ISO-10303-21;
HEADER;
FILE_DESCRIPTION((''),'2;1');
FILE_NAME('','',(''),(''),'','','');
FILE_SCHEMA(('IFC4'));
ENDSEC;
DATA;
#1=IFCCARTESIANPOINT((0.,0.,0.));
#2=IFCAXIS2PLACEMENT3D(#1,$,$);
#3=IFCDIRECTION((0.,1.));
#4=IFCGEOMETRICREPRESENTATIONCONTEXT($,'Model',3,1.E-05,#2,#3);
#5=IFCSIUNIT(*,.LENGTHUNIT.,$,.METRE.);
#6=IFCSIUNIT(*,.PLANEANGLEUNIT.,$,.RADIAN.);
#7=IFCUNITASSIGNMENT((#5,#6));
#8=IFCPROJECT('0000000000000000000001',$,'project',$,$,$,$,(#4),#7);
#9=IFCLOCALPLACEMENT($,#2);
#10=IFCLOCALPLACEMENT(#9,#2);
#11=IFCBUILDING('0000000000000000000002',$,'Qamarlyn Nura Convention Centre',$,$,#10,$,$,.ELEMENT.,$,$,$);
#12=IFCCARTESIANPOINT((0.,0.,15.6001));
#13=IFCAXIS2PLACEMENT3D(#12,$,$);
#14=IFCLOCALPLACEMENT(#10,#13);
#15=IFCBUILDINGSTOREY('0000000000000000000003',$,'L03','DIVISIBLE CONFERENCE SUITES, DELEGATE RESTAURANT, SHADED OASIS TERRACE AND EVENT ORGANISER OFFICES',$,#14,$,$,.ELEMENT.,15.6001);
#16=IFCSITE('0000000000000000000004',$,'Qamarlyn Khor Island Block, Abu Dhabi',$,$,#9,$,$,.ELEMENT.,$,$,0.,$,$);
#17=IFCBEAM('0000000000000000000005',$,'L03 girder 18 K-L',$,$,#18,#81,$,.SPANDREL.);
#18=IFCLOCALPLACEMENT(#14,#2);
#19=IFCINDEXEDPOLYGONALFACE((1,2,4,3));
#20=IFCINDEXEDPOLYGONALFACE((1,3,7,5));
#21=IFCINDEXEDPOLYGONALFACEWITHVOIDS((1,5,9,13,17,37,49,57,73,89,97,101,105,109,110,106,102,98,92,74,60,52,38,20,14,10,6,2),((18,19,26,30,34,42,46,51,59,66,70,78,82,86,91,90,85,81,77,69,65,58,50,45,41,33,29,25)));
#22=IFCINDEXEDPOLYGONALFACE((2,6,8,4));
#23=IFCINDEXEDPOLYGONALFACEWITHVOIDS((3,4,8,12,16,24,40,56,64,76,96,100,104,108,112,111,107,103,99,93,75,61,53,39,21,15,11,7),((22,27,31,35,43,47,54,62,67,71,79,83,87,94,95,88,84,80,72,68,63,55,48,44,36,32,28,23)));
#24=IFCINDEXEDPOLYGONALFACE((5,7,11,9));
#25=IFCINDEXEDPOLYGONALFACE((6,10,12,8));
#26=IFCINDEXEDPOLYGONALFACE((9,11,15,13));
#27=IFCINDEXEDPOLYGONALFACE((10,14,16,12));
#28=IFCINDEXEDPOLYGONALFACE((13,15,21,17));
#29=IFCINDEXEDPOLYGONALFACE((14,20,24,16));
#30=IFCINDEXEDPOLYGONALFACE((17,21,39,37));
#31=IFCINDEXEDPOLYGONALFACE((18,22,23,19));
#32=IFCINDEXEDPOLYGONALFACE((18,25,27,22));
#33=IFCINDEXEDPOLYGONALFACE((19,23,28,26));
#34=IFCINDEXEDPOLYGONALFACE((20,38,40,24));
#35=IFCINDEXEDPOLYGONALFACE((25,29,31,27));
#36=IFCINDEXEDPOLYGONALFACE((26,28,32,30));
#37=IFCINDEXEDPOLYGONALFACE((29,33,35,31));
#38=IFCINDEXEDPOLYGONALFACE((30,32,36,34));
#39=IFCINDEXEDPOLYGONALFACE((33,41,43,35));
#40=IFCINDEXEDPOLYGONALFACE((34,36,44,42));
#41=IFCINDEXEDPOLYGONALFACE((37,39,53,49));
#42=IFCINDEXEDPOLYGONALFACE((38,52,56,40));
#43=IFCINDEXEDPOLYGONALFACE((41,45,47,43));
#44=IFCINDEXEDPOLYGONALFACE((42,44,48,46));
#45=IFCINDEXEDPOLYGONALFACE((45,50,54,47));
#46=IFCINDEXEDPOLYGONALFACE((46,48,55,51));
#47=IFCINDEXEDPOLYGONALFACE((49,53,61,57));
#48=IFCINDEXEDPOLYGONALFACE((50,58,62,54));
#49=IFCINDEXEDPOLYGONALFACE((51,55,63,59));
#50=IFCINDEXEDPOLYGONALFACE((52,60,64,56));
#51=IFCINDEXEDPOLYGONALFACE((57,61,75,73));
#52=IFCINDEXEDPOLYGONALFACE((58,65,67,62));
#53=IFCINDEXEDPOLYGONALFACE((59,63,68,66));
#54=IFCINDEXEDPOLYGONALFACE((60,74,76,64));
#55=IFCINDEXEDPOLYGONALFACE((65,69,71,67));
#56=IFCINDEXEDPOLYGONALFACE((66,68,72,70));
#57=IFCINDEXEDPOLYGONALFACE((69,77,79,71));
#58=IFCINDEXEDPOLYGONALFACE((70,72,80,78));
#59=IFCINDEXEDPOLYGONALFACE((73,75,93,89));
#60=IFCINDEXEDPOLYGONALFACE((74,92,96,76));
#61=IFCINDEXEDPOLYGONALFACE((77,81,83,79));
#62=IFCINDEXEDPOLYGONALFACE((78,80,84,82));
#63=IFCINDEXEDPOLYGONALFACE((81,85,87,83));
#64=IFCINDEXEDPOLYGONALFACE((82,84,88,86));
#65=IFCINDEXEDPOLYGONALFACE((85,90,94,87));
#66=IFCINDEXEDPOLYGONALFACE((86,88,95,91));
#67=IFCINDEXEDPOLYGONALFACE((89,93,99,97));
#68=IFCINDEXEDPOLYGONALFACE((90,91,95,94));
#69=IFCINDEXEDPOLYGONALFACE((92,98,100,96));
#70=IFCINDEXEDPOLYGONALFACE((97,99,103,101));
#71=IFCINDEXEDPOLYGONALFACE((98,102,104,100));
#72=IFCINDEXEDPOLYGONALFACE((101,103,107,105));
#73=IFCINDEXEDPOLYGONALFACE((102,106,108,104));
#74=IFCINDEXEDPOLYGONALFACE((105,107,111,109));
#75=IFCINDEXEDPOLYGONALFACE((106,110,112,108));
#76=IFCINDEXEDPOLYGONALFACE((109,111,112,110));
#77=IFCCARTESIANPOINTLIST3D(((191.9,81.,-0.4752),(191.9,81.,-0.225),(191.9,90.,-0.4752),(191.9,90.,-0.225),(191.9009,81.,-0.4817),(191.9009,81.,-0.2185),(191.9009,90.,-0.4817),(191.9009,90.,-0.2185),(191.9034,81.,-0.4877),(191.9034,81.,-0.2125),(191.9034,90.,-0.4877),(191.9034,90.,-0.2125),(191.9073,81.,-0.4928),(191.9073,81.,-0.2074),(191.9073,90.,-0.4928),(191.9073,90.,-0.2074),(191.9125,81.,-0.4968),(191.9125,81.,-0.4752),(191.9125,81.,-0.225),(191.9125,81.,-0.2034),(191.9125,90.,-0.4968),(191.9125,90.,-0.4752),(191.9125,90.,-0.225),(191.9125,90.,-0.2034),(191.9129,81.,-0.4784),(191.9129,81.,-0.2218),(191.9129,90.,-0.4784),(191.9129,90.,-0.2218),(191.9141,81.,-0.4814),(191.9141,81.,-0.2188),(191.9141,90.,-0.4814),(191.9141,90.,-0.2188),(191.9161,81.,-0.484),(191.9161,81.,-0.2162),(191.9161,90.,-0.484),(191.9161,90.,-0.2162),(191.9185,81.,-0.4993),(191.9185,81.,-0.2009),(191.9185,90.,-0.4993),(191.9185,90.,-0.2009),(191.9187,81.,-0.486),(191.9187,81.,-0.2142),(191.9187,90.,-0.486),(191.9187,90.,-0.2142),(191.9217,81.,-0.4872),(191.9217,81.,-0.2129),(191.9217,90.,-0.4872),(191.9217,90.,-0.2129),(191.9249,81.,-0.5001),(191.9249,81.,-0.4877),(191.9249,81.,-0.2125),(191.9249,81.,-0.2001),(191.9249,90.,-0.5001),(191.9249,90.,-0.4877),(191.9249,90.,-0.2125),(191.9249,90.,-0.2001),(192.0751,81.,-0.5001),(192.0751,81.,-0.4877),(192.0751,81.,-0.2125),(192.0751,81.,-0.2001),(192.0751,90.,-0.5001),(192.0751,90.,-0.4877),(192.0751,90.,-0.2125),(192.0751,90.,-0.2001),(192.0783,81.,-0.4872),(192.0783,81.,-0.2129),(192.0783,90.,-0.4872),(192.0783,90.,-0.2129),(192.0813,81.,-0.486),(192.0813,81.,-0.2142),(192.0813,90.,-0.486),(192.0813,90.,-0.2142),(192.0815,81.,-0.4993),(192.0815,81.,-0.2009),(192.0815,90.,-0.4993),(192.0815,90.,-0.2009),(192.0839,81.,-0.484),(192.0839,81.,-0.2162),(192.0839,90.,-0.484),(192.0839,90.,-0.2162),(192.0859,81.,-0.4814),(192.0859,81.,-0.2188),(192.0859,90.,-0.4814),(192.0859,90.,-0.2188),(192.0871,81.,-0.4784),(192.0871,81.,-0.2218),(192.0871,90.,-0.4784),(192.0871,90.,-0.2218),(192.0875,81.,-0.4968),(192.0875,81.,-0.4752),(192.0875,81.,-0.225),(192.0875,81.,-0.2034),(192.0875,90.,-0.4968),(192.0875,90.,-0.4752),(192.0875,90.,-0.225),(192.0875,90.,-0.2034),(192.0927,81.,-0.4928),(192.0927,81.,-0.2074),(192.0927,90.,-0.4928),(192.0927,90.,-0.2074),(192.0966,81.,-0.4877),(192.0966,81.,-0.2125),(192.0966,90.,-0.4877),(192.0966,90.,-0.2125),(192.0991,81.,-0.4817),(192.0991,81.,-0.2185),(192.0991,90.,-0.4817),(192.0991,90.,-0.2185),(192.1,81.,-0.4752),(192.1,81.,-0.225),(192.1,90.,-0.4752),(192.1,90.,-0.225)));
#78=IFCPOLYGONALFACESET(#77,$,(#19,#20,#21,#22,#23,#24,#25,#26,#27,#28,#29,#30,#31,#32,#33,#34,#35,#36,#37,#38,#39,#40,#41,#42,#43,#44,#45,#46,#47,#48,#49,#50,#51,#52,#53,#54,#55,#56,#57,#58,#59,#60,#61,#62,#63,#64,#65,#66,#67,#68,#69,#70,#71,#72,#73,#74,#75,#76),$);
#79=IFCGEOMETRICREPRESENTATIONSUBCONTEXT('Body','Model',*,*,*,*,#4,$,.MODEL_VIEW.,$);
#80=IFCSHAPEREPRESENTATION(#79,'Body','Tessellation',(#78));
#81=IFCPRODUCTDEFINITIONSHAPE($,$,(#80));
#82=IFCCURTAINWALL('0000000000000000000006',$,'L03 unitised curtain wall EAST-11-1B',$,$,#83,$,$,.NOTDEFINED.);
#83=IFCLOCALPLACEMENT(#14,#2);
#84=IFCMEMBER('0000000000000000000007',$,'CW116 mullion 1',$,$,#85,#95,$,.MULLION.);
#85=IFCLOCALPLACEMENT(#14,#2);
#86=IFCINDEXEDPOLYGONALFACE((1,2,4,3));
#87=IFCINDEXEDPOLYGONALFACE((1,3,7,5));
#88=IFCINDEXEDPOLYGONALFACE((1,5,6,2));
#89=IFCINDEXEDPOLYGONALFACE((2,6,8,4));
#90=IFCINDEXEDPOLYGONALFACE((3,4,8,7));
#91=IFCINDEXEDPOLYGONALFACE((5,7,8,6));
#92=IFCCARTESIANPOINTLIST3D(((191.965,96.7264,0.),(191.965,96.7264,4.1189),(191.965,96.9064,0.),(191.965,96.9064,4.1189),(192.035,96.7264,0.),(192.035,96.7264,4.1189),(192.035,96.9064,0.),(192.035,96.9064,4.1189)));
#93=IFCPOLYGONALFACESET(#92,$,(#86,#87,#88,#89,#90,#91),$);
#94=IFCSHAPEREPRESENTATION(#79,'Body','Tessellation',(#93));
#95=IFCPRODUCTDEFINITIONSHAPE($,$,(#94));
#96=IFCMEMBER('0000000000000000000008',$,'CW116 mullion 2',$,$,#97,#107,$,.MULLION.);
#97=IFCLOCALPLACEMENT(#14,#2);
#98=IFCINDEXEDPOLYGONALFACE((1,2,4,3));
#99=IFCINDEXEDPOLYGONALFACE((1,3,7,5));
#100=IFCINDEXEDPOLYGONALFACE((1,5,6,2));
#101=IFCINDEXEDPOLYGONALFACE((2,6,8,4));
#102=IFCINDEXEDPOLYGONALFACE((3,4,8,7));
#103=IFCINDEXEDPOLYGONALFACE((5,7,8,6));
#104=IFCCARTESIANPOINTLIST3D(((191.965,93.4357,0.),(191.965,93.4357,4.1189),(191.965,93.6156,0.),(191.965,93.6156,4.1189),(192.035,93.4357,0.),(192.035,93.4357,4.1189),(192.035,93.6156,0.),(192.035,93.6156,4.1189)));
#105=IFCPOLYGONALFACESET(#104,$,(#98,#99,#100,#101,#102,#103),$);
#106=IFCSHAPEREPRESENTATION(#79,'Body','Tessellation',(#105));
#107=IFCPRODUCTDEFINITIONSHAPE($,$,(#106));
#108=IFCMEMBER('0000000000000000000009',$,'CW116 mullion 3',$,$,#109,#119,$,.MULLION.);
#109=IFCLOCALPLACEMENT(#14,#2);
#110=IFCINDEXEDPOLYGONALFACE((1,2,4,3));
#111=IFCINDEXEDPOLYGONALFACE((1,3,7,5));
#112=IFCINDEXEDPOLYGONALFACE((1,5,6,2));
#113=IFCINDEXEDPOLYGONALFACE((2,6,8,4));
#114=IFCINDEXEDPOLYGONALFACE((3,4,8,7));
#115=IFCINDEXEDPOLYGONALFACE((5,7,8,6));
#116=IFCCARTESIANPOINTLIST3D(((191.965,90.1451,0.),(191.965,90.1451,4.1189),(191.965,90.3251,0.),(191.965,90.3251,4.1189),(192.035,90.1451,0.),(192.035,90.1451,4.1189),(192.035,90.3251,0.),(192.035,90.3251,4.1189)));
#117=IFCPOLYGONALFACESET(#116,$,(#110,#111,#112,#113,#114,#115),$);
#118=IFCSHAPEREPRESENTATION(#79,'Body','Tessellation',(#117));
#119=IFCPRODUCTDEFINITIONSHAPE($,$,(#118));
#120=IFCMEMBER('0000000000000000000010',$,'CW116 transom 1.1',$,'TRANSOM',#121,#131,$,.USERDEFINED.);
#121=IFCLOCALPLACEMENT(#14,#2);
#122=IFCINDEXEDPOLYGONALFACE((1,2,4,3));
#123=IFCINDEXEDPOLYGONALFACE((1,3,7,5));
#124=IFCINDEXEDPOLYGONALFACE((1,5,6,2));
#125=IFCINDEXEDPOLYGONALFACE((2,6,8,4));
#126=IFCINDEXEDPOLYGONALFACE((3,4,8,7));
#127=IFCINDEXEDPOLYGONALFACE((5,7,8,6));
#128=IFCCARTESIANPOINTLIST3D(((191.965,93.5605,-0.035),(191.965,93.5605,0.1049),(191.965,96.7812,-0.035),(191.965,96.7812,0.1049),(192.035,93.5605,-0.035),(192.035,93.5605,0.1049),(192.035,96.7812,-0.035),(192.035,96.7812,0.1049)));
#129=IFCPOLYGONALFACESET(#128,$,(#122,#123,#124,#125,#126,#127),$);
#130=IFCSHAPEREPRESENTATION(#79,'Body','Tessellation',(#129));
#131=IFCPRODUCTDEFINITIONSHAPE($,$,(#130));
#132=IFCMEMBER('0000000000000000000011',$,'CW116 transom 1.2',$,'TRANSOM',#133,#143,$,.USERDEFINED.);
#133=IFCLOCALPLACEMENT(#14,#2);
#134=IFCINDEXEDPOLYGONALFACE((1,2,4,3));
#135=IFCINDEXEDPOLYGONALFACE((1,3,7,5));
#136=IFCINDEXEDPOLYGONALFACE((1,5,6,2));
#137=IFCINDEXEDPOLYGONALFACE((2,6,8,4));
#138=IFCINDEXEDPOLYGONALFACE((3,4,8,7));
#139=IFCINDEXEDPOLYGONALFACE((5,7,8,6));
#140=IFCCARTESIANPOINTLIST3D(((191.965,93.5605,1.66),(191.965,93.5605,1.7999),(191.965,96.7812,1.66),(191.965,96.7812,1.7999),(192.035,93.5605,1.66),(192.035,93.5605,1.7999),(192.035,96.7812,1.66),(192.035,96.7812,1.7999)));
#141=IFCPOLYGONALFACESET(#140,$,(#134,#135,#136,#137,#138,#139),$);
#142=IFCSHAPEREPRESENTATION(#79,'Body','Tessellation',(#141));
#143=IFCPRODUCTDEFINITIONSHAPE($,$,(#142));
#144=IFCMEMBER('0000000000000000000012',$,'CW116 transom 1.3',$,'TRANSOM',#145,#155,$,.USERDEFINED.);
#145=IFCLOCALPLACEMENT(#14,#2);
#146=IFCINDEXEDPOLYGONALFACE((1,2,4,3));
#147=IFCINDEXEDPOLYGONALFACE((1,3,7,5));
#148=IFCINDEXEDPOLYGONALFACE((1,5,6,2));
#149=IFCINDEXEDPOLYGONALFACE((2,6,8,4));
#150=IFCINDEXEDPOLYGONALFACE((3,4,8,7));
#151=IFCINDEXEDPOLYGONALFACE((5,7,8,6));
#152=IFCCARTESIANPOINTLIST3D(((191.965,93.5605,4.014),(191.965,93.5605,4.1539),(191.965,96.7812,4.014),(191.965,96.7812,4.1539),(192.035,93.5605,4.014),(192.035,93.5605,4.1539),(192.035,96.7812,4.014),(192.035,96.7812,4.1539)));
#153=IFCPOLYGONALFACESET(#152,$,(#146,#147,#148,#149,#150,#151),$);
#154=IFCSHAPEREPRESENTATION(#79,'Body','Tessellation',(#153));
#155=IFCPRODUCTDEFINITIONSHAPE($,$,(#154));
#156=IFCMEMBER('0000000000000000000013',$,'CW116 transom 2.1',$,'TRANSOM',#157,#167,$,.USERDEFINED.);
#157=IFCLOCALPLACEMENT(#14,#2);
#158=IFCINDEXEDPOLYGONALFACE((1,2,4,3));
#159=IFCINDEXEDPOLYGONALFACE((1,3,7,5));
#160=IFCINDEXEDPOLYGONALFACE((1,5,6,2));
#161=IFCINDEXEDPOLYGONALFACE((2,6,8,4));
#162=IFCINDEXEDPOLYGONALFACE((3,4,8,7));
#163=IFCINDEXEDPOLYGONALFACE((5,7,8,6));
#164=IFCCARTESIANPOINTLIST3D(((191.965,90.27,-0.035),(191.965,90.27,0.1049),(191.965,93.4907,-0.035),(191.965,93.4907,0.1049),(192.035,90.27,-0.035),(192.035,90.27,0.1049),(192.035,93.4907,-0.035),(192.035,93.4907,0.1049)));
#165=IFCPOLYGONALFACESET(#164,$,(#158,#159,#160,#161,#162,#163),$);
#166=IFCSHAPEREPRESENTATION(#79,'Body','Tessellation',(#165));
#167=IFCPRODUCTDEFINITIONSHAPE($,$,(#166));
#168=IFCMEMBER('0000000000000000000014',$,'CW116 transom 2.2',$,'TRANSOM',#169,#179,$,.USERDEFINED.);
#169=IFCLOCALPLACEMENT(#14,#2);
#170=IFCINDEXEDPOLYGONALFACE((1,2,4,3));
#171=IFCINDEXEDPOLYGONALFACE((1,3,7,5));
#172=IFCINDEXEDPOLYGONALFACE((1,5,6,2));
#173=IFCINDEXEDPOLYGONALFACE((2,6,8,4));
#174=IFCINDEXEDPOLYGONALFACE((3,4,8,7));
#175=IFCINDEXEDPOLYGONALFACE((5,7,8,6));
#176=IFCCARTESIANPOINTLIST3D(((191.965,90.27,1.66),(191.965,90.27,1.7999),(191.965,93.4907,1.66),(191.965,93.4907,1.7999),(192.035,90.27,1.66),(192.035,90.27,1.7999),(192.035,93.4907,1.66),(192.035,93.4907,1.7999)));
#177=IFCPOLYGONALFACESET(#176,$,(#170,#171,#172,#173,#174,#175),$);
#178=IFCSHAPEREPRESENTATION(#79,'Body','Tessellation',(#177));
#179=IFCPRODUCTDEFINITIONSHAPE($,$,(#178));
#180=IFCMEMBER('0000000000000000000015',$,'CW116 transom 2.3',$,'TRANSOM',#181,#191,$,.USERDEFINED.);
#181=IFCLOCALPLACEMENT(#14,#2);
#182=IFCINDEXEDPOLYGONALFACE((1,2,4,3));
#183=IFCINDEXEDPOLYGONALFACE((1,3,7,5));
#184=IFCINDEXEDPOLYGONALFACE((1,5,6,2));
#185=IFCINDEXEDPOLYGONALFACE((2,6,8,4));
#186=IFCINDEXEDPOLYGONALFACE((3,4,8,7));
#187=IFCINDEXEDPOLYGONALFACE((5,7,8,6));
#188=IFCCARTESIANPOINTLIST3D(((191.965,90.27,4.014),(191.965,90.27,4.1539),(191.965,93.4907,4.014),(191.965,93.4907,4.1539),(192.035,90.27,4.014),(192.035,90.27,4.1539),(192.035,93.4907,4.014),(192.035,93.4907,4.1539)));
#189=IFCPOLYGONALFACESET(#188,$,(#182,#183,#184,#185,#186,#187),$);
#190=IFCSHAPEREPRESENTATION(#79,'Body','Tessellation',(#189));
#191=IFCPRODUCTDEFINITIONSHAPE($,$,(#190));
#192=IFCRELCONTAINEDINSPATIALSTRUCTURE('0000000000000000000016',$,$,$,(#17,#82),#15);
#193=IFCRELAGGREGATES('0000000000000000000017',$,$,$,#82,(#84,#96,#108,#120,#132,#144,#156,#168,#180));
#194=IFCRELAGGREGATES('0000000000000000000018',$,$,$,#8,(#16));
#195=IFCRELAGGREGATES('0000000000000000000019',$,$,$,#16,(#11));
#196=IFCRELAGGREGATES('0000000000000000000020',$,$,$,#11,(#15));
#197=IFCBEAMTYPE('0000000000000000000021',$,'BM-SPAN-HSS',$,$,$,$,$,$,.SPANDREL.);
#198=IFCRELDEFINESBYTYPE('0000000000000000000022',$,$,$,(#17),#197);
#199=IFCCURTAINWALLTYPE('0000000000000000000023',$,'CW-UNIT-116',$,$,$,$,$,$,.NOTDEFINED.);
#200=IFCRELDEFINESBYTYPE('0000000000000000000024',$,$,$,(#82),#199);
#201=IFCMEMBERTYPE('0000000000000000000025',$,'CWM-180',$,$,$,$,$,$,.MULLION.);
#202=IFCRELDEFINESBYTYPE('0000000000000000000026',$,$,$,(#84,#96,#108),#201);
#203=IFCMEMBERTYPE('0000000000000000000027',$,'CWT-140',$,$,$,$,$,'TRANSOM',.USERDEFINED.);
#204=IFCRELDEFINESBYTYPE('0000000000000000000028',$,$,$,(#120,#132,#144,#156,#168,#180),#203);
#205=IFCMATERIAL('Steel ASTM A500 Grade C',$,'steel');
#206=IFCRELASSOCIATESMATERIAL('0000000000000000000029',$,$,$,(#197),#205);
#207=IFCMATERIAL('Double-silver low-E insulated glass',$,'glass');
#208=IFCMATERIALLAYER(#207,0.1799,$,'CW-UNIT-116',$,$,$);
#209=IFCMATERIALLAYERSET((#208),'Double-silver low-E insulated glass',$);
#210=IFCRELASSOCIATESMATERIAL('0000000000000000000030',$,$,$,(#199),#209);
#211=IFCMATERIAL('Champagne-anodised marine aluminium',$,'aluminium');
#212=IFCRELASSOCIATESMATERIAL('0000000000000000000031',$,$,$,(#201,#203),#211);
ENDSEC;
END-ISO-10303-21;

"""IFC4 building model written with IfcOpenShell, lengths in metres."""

from ifc_helpers import new_model, si_unit, direction, frame, origin, origin_2d, place, context, subcontext, project, spatial, rectangle, hollow_rectangle, extrude, material, layer, layer_set, material_profile, profile_set, type_object, element, aggregate, save


model = new_model("IFC4")

# Units and contexts
model_context = context("Model", 3, precision=1e-05, world=origin(), true_north=direction((0.0, 1.0)))
body_context = subcontext(model_context, "Body", "Model", "MODEL_VIEW")
ifc_project = project(units=[si_unit("LENGTHUNIT", "METRE"), si_unit("PLANEANGLEUNIT", "RADIAN")], contexts=[model_context])

# Site, building, storey
site_placement = place(None, origin())
site = spatial("IfcSite", under=ifc_project, at=site_placement, Name="Qamarlyn Khor Island Block, Abu Dhabi", CompositionType="ELEMENT", RefElevation=0.0)
building_placement = place(site_placement, origin())
building = spatial("IfcBuilding", under=site, at=building_placement, Name="Qamarlyn Nura Convention Centre", CompositionType="ELEMENT")
storey_placement = place(building_placement, frame((0.0, 0.0, 15.6001)))
storey = spatial("IfcBuildingStorey", under=building, at=storey_placement, Name="L03", Description="DIVISIBLE CONFERENCE SUITES, DELEGATE RESTAURANT, SHADED OASIS TERRACE AND EVENT ORGANISER OFFICES", CompositionType="ELEMENT", Elevation=15.6001)

# Shared definitions
ifc_material_1 = material(Name="Steel ASTM A500 Grade C", Category="steel")

# Beam
ifc_material_profile_1 = material_profile(ifc_material_1, hollow_rectangle(XDim=0.2, YDim=0.3, WallThickness=0.0125, InnerFilletRadius=0.0125, OuterFilletRadius=0.0249, at=origin_2d()), Name="HSS300X200X12.5")
ifc_profile_set_1 = profile_set([ifc_material_profile_1], Name="Steel ASTM A500 Grade C")
beam_type_1 = type_object("IfcBeamType", Name="BM-SPAN-HSS", PredefinedType="SPANDREL", material=ifc_profile_set_1)
beam_1_placement = place(storey_placement, frame((192.0, 81.0, -0.3501), z_axis=(0.0, 1.0, 0.0), x_axis=(-1.0, 0.0, 0.0)))
element("IfcBeam", 1, at=beam_1_placement, inside=storey, type_object=beam_type_1, Name="L03 girder 18 K-L", PredefinedType="SPANDREL", context=body_context, shape_type="SweptSolid", body=[
    extrude(hollow_rectangle(XDim=0.2, YDim=0.3, WallThickness=0.0125, InnerFilletRadius=0.0125, OuterFilletRadius=0.0249, at=origin_2d()), origin(), (0.0, 0.0, 1.0), 9.0),
])

# Curtain wall, members
ifc_material_2 = material(Name="Double-silver low-E insulated glass", Category="glass")
ifc_layer_1 = layer(ifc_material_2, 0.1799, Name="CW-UNIT-116")
ifc_layer_set_1 = layer_set([ifc_layer_1], Name="Double-silver low-E insulated glass")
curtain_wall_type = type_object("IfcCurtainWallType", Name="CW-UNIT-116", PredefinedType="NOTDEFINED", material=ifc_layer_set_1)
curtain_wall_placement = place(storey_placement, origin())
curtain_wall = element("IfcCurtainWall", 2, at=curtain_wall_placement, inside=storey, type_object=curtain_wall_type, Name="L03 unitised curtain wall EAST-11-1B", PredefinedType="NOTDEFINED")
ifc_material_3 = material(Name="Champagne-anodised marine aluminium", Category="aluminium")
ifc_material_profile_2 = material_profile(ifc_material_3, rectangle(XDim=0.0701, YDim=0.1799, at=origin_2d()), Name="ALU MULLION 70x180")
ifc_profile_set_2 = profile_set([ifc_material_profile_2], Name="Champagne-anodised marine aluminium")
member_type_1 = type_object("IfcMemberType", Name="CWM-180", PredefinedType="MULLION", material=ifc_profile_set_2)
member_1_placement = place(storey_placement, frame((192.0, 96.8164, 0.0), z_axis=(0.0, 0.0, 1.0), x_axis=(1.0, 0.0, 0.0)))
member_1 = element("IfcMember", 3, at=member_1_placement, type_object=member_type_1, Name="CW116 mullion 1", PredefinedType="MULLION", context=body_context, shape_type="SweptSolid", body=[
    extrude(rectangle(XDim=0.0701, YDim=0.1799, at=origin_2d()), origin(), (0.0, 0.0, 1.0), 4.1189),
])
member_2_placement = place(storey_placement, frame((192.0, 93.5256, 0.0), z_axis=(0.0, 0.0, 1.0), x_axis=(1.0, 0.0, 0.0)))
member_2 = element("IfcMember", 4, at=member_2_placement, type_object=member_type_1, Name="CW116 mullion 2", PredefinedType="MULLION", context=body_context, shape_type="SweptSolid", body=[
    extrude(rectangle(XDim=0.0701, YDim=0.1799, at=origin_2d()), origin(), (0.0, 0.0, 1.0), 4.1189),
])
member_3_placement = place(storey_placement, frame((192.0, 90.2351, 0.0), z_axis=(0.0, 0.0, 1.0), x_axis=(1.0, 0.0, 0.0)))
member_3 = element("IfcMember", 5, at=member_3_placement, type_object=member_type_1, Name="CW116 mullion 3", PredefinedType="MULLION", context=body_context, shape_type="SweptSolid", body=[
    extrude(rectangle(XDim=0.0701, YDim=0.1799, at=origin_2d()), origin(), (0.0, 0.0, 1.0), 4.1189),
])
ifc_material_profile_3 = material_profile(ifc_material_3, rectangle(XDim=0.0701, YDim=0.1399, at=origin_2d()), Name="ALU TRANSOM 70x140")
ifc_profile_set_3 = profile_set([ifc_material_profile_3], Name="Champagne-anodised marine aluminium")
member_type_2 = type_object("IfcMemberType", Name="CWT-140", ElementType="TRANSOM", PredefinedType="USERDEFINED", material=ifc_profile_set_3)
member_4_placement = place(storey_placement, frame((192.0, 96.7812, 0.0349), z_axis=(0.0, -1.0, 0.0), x_axis=(1.0, 0.0, 0.0)))
member_4 = element("IfcMember", 6, at=member_4_placement, type_object=member_type_2, Name="CW116 transom 1.1", ObjectType="TRANSOM", PredefinedType="USERDEFINED", context=body_context, shape_type="SweptSolid", body=[
    extrude(rectangle(XDim=0.0701, YDim=0.1399, at=origin_2d()), origin(), (0.0, 0.0, 1.0), 3.2207),
])
member_5_placement = place(storey_placement, frame((192.0, 96.7812, 1.73), z_axis=(0.0, -1.0, 0.0), x_axis=(1.0, 0.0, 0.0)))
member_5 = element("IfcMember", 7, at=member_5_placement, type_object=member_type_2, Name="CW116 transom 1.2", ObjectType="TRANSOM", PredefinedType="USERDEFINED", context=body_context, shape_type="SweptSolid", body=[
    extrude(rectangle(XDim=0.0701, YDim=0.1399, at=origin_2d()), origin(), (0.0, 0.0, 1.0), 3.2207),
])
member_6_placement = place(storey_placement, frame((192.0, 96.7812, 4.084), z_axis=(0.0, -1.0, 0.0), x_axis=(1.0, 0.0, 0.0)))
member_6 = element("IfcMember", 8, at=member_6_placement, type_object=member_type_2, Name="CW116 transom 1.3", ObjectType="TRANSOM", PredefinedType="USERDEFINED", context=body_context, shape_type="SweptSolid", body=[
    extrude(rectangle(XDim=0.0701, YDim=0.1399, at=origin_2d()), origin(), (0.0, 0.0, 1.0), 3.2207),
])
member_7_placement = place(storey_placement, frame((192.0, 93.4907, 0.0349), z_axis=(0.0, -1.0, 0.0), x_axis=(1.0, 0.0, 0.0)))
member_7 = element("IfcMember", 9, at=member_7_placement, type_object=member_type_2, Name="CW116 transom 2.1", ObjectType="TRANSOM", PredefinedType="USERDEFINED", context=body_context, shape_type="SweptSolid", body=[
    extrude(rectangle(XDim=0.0701, YDim=0.1399, at=origin_2d()), origin(), (0.0, 0.0, 1.0), 3.2207),
])
member_8_placement = place(storey_placement, frame((192.0, 93.4907, 1.73), z_axis=(0.0, -1.0, 0.0), x_axis=(1.0, 0.0, 0.0)))
member_8 = element("IfcMember", 10, at=member_8_placement, type_object=member_type_2, Name="CW116 transom 2.2", ObjectType="TRANSOM", PredefinedType="USERDEFINED", context=body_context, shape_type="SweptSolid", body=[
    extrude(rectangle(XDim=0.0701, YDim=0.1399, at=origin_2d()), origin(), (0.0, 0.0, 1.0), 3.2207),
])
member_9_placement = place(storey_placement, frame((192.0, 93.4907, 4.084), z_axis=(0.0, -1.0, 0.0), x_axis=(1.0, 0.0, 0.0)))
member_9 = element("IfcMember", 11, at=member_9_placement, type_object=member_type_2, Name="CW116 transom 2.3", ObjectType="TRANSOM", PredefinedType="USERDEFINED", context=body_context, shape_type="SweptSolid", body=[
    extrude(rectangle(XDim=0.0701, YDim=0.1399, at=origin_2d()), origin(), (0.0, 0.0, 1.0), 3.2207),
])
aggregate(curtain_wall, [member_1, member_2, member_3, member_4, member_5, member_6, member_7, member_8, member_9])

save(model, "model.ifc")
